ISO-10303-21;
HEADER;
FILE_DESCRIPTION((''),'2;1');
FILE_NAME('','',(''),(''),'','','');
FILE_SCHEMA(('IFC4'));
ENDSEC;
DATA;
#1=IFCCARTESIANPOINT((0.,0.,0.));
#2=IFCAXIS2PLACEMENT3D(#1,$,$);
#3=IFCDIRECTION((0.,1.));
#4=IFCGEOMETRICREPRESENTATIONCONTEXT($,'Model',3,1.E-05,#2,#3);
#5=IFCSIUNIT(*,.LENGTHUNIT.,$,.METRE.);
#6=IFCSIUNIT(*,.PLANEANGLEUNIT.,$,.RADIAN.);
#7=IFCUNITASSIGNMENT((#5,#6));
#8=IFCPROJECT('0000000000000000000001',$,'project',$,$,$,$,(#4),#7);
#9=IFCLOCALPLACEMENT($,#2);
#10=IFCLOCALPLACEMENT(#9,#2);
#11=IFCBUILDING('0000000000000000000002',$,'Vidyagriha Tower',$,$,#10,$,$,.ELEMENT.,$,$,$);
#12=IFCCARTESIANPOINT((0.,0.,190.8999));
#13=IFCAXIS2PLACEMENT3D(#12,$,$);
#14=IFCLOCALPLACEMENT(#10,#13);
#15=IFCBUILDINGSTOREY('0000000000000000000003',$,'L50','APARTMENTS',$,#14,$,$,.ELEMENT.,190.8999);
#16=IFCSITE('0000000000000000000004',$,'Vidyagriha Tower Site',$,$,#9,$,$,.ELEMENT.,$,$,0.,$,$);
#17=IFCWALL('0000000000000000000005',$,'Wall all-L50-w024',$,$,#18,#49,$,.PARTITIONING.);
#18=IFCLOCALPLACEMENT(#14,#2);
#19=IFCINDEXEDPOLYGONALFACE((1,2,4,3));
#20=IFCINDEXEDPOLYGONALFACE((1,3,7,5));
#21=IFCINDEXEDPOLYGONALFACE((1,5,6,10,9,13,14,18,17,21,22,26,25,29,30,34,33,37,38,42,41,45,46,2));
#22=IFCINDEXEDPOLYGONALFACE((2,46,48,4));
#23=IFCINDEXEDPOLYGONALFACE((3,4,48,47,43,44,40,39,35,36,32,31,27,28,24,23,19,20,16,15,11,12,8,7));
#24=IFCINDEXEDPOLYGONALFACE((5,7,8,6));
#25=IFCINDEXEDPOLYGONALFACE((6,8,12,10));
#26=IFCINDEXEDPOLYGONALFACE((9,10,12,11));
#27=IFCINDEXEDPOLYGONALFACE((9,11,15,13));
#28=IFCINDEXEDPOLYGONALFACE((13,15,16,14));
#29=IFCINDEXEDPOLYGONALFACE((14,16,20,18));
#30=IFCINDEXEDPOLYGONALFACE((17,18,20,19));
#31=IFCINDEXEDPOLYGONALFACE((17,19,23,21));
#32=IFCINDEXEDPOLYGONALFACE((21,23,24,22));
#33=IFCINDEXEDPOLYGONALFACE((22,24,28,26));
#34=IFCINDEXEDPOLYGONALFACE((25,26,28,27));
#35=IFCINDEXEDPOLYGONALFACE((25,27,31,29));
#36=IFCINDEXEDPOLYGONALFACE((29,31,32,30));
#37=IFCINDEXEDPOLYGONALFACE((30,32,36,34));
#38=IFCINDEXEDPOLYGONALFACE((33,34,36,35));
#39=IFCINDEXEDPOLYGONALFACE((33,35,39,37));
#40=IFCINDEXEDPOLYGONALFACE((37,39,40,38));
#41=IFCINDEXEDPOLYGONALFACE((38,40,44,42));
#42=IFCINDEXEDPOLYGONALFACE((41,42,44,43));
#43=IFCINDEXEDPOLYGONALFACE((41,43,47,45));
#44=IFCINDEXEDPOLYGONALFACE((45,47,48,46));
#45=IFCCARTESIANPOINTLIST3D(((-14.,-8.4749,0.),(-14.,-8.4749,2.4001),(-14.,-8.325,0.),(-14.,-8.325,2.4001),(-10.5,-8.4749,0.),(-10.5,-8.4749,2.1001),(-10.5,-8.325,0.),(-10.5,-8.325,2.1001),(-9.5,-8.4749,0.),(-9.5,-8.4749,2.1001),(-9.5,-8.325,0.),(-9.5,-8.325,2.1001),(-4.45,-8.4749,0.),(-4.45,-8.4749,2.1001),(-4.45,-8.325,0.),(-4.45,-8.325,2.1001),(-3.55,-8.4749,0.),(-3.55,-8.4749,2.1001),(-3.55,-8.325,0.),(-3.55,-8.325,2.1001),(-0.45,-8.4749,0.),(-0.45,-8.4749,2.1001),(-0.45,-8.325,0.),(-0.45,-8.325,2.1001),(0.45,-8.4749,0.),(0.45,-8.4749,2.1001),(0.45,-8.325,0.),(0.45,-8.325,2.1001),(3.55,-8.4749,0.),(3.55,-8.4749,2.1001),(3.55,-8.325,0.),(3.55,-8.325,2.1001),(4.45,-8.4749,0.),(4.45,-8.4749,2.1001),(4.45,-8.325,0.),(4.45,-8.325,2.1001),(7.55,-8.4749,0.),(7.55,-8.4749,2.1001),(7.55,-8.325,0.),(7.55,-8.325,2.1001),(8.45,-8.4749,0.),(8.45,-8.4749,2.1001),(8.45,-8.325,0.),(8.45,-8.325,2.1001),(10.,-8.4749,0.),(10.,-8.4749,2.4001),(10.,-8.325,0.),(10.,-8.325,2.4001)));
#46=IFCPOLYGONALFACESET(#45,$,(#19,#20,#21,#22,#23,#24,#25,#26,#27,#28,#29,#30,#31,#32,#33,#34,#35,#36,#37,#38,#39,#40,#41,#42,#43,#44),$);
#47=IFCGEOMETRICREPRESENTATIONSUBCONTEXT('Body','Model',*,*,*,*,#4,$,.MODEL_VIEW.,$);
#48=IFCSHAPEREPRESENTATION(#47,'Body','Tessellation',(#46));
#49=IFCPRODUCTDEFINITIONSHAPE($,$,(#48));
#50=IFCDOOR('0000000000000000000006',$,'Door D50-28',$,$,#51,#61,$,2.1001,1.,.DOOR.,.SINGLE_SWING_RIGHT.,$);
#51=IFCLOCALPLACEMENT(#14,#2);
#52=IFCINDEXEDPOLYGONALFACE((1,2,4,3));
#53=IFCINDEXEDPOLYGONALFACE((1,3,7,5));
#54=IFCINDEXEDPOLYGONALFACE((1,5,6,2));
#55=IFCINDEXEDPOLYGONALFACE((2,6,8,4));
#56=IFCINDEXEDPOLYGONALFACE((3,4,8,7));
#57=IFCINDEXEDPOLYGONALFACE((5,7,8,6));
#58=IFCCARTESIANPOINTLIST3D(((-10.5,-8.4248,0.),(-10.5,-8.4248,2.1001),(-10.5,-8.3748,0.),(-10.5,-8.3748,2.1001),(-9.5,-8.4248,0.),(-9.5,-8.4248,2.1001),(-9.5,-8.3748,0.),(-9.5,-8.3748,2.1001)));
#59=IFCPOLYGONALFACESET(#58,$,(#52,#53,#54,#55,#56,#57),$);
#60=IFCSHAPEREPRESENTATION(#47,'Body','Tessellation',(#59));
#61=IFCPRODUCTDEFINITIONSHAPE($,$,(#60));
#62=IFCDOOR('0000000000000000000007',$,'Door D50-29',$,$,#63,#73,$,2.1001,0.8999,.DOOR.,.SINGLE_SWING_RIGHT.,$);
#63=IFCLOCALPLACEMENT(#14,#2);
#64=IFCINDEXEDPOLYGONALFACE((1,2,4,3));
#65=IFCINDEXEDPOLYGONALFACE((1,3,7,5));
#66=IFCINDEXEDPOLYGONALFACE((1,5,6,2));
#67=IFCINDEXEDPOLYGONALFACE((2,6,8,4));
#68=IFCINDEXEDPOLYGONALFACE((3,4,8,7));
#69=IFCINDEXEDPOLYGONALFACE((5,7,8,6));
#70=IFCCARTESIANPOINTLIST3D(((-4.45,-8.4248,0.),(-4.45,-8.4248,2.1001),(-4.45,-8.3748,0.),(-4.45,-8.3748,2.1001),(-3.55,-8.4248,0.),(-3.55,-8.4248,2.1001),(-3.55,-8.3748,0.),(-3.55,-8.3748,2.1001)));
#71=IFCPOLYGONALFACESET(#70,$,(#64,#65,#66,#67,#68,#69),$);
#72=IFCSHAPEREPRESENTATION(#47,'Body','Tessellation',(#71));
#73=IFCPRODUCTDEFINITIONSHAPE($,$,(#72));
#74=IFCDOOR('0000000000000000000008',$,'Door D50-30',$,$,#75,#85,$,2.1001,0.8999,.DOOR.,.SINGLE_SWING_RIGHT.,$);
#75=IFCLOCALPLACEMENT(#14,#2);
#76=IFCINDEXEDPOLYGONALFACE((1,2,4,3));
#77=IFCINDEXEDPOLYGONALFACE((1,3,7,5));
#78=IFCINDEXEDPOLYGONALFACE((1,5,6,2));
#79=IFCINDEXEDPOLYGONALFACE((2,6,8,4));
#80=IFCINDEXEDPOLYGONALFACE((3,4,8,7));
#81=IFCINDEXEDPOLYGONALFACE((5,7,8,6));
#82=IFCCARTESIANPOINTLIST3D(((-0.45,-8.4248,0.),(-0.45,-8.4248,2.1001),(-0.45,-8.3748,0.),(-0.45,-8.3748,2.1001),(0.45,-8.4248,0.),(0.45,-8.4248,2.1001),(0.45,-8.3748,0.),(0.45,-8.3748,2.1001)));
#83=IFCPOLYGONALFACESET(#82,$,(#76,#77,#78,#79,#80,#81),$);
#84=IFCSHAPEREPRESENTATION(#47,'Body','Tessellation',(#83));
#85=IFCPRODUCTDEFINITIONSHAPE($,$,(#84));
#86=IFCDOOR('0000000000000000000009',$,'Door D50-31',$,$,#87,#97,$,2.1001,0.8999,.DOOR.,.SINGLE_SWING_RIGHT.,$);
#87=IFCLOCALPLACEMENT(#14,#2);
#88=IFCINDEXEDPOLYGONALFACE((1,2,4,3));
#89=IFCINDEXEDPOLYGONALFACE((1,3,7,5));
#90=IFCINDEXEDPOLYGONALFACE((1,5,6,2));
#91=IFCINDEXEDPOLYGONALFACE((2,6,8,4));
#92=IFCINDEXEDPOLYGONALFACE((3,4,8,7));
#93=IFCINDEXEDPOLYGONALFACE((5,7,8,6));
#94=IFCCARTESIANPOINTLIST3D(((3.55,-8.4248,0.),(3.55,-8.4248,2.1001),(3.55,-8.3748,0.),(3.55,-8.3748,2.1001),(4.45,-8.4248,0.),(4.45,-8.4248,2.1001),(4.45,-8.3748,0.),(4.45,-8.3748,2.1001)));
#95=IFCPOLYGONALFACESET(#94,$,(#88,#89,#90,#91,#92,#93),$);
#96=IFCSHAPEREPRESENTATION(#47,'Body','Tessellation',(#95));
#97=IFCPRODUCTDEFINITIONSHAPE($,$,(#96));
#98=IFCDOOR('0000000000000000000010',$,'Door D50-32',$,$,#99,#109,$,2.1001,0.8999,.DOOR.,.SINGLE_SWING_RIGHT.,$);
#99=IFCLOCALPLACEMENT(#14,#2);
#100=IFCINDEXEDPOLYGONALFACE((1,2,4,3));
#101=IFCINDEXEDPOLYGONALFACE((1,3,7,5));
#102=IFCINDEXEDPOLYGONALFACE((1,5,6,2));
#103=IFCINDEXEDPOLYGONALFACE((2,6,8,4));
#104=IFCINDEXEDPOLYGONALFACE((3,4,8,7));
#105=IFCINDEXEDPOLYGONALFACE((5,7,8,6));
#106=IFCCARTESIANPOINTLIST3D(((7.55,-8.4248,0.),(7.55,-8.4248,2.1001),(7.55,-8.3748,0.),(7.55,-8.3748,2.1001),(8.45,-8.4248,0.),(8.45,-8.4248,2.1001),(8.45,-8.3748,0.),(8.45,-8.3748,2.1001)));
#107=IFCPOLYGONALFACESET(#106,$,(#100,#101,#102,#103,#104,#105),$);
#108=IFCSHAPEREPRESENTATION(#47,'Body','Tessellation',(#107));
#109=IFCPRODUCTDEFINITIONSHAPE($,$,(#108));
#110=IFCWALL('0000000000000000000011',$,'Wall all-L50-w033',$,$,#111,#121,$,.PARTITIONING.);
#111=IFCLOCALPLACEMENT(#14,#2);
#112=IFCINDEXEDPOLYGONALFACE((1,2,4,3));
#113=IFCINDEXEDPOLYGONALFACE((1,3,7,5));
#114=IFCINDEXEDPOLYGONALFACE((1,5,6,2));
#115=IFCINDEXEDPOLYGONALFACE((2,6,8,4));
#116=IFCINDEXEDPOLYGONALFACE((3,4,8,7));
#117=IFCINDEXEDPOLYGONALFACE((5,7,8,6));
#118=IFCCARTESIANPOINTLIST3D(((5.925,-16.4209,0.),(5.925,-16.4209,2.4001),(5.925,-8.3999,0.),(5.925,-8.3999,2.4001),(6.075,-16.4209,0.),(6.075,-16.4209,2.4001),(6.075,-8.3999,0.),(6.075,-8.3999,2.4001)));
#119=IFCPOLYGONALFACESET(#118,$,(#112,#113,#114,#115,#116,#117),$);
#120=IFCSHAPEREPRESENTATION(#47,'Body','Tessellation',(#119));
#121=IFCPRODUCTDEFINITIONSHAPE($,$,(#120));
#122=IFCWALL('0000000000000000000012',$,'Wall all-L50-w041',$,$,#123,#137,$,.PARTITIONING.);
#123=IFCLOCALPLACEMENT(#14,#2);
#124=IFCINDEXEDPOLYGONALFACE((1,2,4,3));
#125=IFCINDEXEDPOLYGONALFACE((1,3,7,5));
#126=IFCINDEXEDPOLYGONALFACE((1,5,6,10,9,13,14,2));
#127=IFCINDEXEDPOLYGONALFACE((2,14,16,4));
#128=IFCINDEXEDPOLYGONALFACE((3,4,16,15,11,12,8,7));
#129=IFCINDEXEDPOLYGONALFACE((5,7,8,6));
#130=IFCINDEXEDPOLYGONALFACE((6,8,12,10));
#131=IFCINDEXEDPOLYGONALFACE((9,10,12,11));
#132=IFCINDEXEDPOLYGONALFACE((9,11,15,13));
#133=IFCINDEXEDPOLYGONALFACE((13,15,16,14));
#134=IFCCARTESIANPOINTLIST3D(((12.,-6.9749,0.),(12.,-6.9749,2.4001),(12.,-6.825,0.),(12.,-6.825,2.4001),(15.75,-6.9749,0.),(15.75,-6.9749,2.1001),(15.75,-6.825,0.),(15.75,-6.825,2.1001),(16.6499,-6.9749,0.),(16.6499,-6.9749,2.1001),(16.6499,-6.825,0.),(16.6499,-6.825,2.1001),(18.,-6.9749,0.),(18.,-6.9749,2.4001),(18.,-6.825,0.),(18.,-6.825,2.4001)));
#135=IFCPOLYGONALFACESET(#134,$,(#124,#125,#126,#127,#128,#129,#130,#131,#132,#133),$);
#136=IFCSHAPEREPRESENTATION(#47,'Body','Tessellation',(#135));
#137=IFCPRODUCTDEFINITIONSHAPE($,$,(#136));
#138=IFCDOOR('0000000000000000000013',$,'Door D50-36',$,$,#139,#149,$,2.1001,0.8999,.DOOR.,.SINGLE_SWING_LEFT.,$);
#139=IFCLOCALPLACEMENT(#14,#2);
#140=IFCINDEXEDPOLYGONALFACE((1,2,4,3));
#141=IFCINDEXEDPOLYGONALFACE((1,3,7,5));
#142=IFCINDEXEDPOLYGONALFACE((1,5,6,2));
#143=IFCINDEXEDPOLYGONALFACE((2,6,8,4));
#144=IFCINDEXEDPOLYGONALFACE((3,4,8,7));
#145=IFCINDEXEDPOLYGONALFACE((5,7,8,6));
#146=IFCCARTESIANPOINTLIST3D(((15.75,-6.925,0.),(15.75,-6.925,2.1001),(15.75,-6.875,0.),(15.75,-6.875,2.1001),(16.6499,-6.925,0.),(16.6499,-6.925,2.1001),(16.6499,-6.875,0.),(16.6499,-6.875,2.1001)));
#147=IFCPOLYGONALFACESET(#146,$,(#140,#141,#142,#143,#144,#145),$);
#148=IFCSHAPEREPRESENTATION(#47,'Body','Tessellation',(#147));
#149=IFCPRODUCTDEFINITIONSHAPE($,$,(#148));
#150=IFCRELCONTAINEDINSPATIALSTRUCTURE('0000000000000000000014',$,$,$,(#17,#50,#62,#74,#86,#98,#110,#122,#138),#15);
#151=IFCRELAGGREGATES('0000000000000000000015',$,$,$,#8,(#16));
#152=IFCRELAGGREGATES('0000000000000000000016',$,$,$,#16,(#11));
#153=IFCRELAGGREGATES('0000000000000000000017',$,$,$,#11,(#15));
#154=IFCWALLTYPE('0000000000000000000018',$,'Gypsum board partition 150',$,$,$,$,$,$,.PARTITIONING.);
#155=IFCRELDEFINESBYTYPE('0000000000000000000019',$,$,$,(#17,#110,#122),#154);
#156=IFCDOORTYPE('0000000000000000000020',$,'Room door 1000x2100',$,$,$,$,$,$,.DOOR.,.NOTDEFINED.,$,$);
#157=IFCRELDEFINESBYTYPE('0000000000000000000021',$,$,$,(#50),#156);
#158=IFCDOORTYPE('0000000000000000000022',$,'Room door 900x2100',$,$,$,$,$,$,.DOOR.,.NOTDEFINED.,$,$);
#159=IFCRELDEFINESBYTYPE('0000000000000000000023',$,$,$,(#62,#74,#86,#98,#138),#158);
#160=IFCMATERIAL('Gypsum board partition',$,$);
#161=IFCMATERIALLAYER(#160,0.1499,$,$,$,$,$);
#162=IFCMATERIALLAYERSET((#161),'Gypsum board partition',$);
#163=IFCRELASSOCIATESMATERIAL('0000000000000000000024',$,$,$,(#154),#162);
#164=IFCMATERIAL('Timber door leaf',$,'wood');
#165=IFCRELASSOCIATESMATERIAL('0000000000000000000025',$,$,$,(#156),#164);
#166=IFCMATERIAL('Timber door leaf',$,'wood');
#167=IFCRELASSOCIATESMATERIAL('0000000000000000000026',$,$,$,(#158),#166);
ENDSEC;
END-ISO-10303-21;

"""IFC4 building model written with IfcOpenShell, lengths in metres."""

from ifc_helpers import new_model, si_unit, direction, frame, frame_2d, origin, place, context, subcontext, project, spatial, rectangle, extrude, material, layer, layer_set, type_object, element, fill, save


model = new_model("IFC4")

# Units and contexts
model_context = context("Model", 3, precision=1e-05, world=origin(), true_north=direction((0.0, 1.0)))
body_context = subcontext(model_context, "Body", "Model", "MODEL_VIEW")
ifc_project = project(units=[si_unit("LENGTHUNIT", "METRE"), si_unit("PLANEANGLEUNIT", "RADIAN")], contexts=[model_context])

# Site, building, storey
site_placement = place(None, origin())
site = spatial("IfcSite", under=ifc_project, at=site_placement, Name="Vidyagriha Tower Site", CompositionType="ELEMENT", RefElevation=0.0)
building_placement = place(site_placement, origin())
building = spatial("IfcBuilding", under=site, at=building_placement, Name="Vidyagriha Tower", CompositionType="ELEMENT")
storey_placement = place(building_placement, frame((0.0, 0.0, 190.8999)))
storey = spatial("IfcBuildingStorey", under=building, at=storey_placement, Name="L50", Description="APARTMENTS", CompositionType="ELEMENT", Elevation=190.8999)

# Shared definitions
ifc_material_1 = material(Name="Gypsum board partition")
ifc_layer_1 = layer(ifc_material_1, 0.1499)
ifc_layer_set_1 = layer_set([ifc_layer_1], Name="Gypsum board partition")
wall_type_1 = type_object("IfcWallType", Name="Gypsum board partition 150", PredefinedType="PARTITIONING", material=ifc_layer_set_1)

# Wall, openings, doors
wall_1_placement = place(storey_placement, frame((10.0, -8.3999, 0.0), z_axis=(0.0, 0.0, 1.0), x_axis=(-1.0, 0.0, 0.0)))
wall_1 = element("IfcWall", 1, at=wall_1_placement, inside=storey, type_object=wall_type_1, Name="Wall all-L50-w024", PredefinedType="PARTITIONING", context=body_context, shape_type="SweptSolid", body=[
    extrude(rectangle(XDim=24.0, YDim=0.1499, at=frame_2d((12.0, 0.0))), origin(), (0.0, 0.0, 1.0), 2.4001),
])
opening_1_placement = place(wall_1_placement, frame((19.5, 0.0, 0.0)))
opening_1 = element("IfcOpeningElement", 2, at=opening_1_placement, cuts=wall_1, PredefinedType="OPENING", context=body_context, shape_type="SweptSolid", body=[
    extrude(rectangle(XDim=1.0, YDim=2.1001, at=frame_2d((0.5, 1.05))), frame((0.0, 0.085, 0.0), z_axis=(0.0, -1.0, 0.0), x_axis=(1.0, 0.0, 0.0)), (0.0, 0.0, 1.0), 0.1699),
])
opening_2_placement = place(wall_1_placement, frame((13.55, 0.0, 0.0)))
opening_2 = element("IfcOpeningElement", 3, at=opening_2_placement, cuts=wall_1, PredefinedType="OPENING", context=body_context, shape_type="SweptSolid", body=[
    extrude(rectangle(XDim=0.8999, YDim=2.1001, at=frame_2d((0.45, 1.05))), frame((0.0, 0.085, 0.0), z_axis=(0.0, -1.0, 0.0), x_axis=(1.0, 0.0, 0.0)), (0.0, 0.0, 1.0), 0.1699),
])
opening_3_placement = place(wall_1_placement, frame((9.55, 0.0, 0.0)))
opening_3 = element("IfcOpeningElement", 4, at=opening_3_placement, cuts=wall_1, PredefinedType="OPENING", context=body_context, shape_type="SweptSolid", body=[
    extrude(rectangle(XDim=0.8999, YDim=2.1001, at=frame_2d((0.45, 1.05))), frame((0.0, 0.085, 0.0), z_axis=(0.0, -1.0, 0.0), x_axis=(1.0, 0.0, 0.0)), (0.0, 0.0, 1.0), 0.1699),
])
opening_4_placement = place(wall_1_placement, frame((5.55, 0.0, 0.0)))
opening_4 = element("IfcOpeningElement", 5, at=opening_4_placement, cuts=wall_1, PredefinedType="OPENING", context=body_context, shape_type="SweptSolid", body=[
    extrude(rectangle(XDim=0.8999, YDim=2.1001, at=frame_2d((0.45, 1.05))), frame((0.0, 0.085, 0.0), z_axis=(0.0, -1.0, 0.0), x_axis=(1.0, 0.0, 0.0)), (0.0, 0.0, 1.0), 0.1699),
])
opening_5_placement = place(wall_1_placement, frame((1.55, 0.0, 0.0)))
opening_5 = element("IfcOpeningElement", 6, at=opening_5_placement, cuts=wall_1, PredefinedType="OPENING", context=body_context, shape_type="SweptSolid", body=[
    extrude(rectangle(XDim=0.8999, YDim=2.1001, at=frame_2d((0.45, 1.05))), frame((0.0, 0.085, 0.0), z_axis=(0.0, -1.0, 0.0), x_axis=(1.0, 0.0, 0.0)), (0.0, 0.0, 1.0), 0.1699),
])
ifc_material_2 = material(Name="Timber door leaf", Category="wood")
door_type_1 = type_object("IfcDoorType", Name="Room door 1000x2100", OperationType="NOTDEFINED", PredefinedType="DOOR", material=ifc_material_2)
door_1_placement = place(opening_1_placement, origin())
door_1 = element("IfcDoor", 7, at=door_1_placement, inside=storey, type_object=door_type_1, Name="Door D50-28", OperationType="SINGLE_SWING_RIGHT", OverallHeight=2.1001, OverallWidth=1.0, PredefinedType="DOOR", context=body_context, shape_type="SweptSolid", body=[
    extrude(rectangle(XDim=1.0, YDim=2.1001, at=frame_2d((0.5, 1.05))), frame((0.0, 0.0249, 0.0), z_axis=(0.0, -1.0, 0.0), x_axis=(1.0, 0.0, 0.0)), (0.0, 0.0, 1.0), 0.05),
])
fill(opening_1, door_1)
ifc_material_3 = material(Name="Timber door leaf", Category="wood")
door_type_2 = type_object("IfcDoorType", Name="Room door 900x2100", OperationType="NOTDEFINED", PredefinedType="DOOR", material=ifc_material_3)
door_2_placement = place(opening_2_placement, origin())
door_2 = element("IfcDoor", 8, at=door_2_placement, inside=storey, type_object=door_type_2, Name="Door D50-29", OperationType="SINGLE_SWING_RIGHT", OverallHeight=2.1001, OverallWidth=0.8999, PredefinedType="DOOR", context=body_context, shape_type="SweptSolid", body=[
    extrude(rectangle(XDim=0.8999, YDim=2.1001, at=frame_2d((0.45, 1.05))), frame((0.0, 0.0249, 0.0), z_axis=(0.0, -1.0, 0.0), x_axis=(1.0, 0.0, 0.0)), (0.0, 0.0, 1.0), 0.05),
])
fill(opening_2, door_2)
door_3_placement = place(opening_3_placement, origin())
door_3 = element("IfcDoor", 9, at=door_3_placement, inside=storey, type_object=door_type_2, Name="Door D50-30", OperationType="SINGLE_SWING_RIGHT", OverallHeight=2.1001, OverallWidth=0.8999, PredefinedType="DOOR", context=body_context, shape_type="SweptSolid", body=[
    extrude(rectangle(XDim=0.8999, YDim=2.1001, at=frame_2d((0.45, 1.05))), frame((0.0, 0.0249, 0.0), z_axis=(0.0, -1.0, 0.0), x_axis=(1.0, 0.0, 0.0)), (0.0, 0.0, 1.0), 0.05),
])
fill(opening_3, door_3)
door_4_placement = place(opening_4_placement, origin())
door_4 = element("IfcDoor", 10, at=door_4_placement, inside=storey, type_object=door_type_2, Name="Door D50-31", OperationType="SINGLE_SWING_RIGHT", OverallHeight=2.1001, OverallWidth=0.8999, PredefinedType="DOOR", context=body_context, shape_type="SweptSolid", body=[
    extrude(rectangle(XDim=0.8999, YDim=2.1001, at=frame_2d((0.45, 1.05))), frame((0.0, 0.0249, 0.0), z_axis=(0.0, -1.0, 0.0), x_axis=(1.0, 0.0, 0.0)), (0.0, 0.0, 1.0), 0.05),
])
fill(opening_4, door_4)
door_5_placement = place(opening_5_placement, origin())
door_5 = element("IfcDoor", 11, at=door_5_placement, inside=storey, type_object=door_type_2, Name="Door D50-32", OperationType="SINGLE_SWING_RIGHT", OverallHeight=2.1001, OverallWidth=0.8999, PredefinedType="DOOR", context=body_context, shape_type="SweptSolid", body=[
    extrude(rectangle(XDim=0.8999, YDim=2.1001, at=frame_2d((0.45, 1.05))), frame((0.0, 0.0249, 0.0), z_axis=(0.0, -1.0, 0.0), x_axis=(1.0, 0.0, 0.0)), (0.0, 0.0, 1.0), 0.05),
])
fill(opening_5, door_5)

# Wall
wall_2_placement = place(storey_placement, frame((6.0, -8.3999, 0.0), z_axis=(0.0, 0.0, 1.0), x_axis=(0.0, -1.0, 0.0)))
element("IfcWall", 12, at=wall_2_placement, inside=storey, type_object=wall_type_1, Name="Wall all-L50-w033", PredefinedType="PARTITIONING", context=body_context, shape_type="SweptSolid", body=[
    extrude(rectangle(XDim=8.021, YDim=0.1499, at=frame_2d((4.0105, 0.0))), origin(), (0.0, 0.0, 1.0), 2.4001),
])

# Wall, opening, door
wall_3_placement = place(storey_placement, frame((12.0, -6.8999, 0.0)))
wall_3 = element("IfcWall", 13, at=wall_3_placement, inside=storey, type_object=wall_type_1, Name="Wall all-L50-w041", PredefinedType="PARTITIONING", context=body_context, shape_type="SweptSolid", body=[
    extrude(rectangle(XDim=6.0, YDim=0.1499, at=frame_2d((3.0, 0.0))), origin(), (0.0, 0.0, 1.0), 2.4001),
])
opening_6_placement = place(wall_3_placement, frame((3.75, 0.0, 0.0)))
opening_6 = element("IfcOpeningElement", 14, at=opening_6_placement, cuts=wall_3, PredefinedType="OPENING", context=body_context, shape_type="SweptSolid", body=[
    extrude(rectangle(XDim=0.8999, YDim=2.1001, at=frame_2d((0.45, 1.05))), frame((0.0, 0.085, 0.0), z_axis=(0.0, -1.0, 0.0), x_axis=(1.0, 0.0, 0.0)), (0.0, 0.0, 1.0), 0.1699),
])
door_6_placement = place(opening_6_placement, origin())
door_6 = element("IfcDoor", 15, at=door_6_placement, inside=storey, type_object=door_type_2, Name="Door D50-36", OperationType="SINGLE_SWING_LEFT", OverallHeight=2.1001, OverallWidth=0.8999, PredefinedType="DOOR", context=body_context, shape_type="SweptSolid", body=[
    extrude(rectangle(XDim=0.8999, YDim=2.1001, at=frame_2d((0.45, 1.05))), frame((0.0, 0.0249, 0.0), z_axis=(0.0, -1.0, 0.0), x_axis=(1.0, 0.0, 0.0)), (0.0, 0.0, 1.0), 0.05),
])
fill(opening_6, door_6)

save(model, "model.ifc")
